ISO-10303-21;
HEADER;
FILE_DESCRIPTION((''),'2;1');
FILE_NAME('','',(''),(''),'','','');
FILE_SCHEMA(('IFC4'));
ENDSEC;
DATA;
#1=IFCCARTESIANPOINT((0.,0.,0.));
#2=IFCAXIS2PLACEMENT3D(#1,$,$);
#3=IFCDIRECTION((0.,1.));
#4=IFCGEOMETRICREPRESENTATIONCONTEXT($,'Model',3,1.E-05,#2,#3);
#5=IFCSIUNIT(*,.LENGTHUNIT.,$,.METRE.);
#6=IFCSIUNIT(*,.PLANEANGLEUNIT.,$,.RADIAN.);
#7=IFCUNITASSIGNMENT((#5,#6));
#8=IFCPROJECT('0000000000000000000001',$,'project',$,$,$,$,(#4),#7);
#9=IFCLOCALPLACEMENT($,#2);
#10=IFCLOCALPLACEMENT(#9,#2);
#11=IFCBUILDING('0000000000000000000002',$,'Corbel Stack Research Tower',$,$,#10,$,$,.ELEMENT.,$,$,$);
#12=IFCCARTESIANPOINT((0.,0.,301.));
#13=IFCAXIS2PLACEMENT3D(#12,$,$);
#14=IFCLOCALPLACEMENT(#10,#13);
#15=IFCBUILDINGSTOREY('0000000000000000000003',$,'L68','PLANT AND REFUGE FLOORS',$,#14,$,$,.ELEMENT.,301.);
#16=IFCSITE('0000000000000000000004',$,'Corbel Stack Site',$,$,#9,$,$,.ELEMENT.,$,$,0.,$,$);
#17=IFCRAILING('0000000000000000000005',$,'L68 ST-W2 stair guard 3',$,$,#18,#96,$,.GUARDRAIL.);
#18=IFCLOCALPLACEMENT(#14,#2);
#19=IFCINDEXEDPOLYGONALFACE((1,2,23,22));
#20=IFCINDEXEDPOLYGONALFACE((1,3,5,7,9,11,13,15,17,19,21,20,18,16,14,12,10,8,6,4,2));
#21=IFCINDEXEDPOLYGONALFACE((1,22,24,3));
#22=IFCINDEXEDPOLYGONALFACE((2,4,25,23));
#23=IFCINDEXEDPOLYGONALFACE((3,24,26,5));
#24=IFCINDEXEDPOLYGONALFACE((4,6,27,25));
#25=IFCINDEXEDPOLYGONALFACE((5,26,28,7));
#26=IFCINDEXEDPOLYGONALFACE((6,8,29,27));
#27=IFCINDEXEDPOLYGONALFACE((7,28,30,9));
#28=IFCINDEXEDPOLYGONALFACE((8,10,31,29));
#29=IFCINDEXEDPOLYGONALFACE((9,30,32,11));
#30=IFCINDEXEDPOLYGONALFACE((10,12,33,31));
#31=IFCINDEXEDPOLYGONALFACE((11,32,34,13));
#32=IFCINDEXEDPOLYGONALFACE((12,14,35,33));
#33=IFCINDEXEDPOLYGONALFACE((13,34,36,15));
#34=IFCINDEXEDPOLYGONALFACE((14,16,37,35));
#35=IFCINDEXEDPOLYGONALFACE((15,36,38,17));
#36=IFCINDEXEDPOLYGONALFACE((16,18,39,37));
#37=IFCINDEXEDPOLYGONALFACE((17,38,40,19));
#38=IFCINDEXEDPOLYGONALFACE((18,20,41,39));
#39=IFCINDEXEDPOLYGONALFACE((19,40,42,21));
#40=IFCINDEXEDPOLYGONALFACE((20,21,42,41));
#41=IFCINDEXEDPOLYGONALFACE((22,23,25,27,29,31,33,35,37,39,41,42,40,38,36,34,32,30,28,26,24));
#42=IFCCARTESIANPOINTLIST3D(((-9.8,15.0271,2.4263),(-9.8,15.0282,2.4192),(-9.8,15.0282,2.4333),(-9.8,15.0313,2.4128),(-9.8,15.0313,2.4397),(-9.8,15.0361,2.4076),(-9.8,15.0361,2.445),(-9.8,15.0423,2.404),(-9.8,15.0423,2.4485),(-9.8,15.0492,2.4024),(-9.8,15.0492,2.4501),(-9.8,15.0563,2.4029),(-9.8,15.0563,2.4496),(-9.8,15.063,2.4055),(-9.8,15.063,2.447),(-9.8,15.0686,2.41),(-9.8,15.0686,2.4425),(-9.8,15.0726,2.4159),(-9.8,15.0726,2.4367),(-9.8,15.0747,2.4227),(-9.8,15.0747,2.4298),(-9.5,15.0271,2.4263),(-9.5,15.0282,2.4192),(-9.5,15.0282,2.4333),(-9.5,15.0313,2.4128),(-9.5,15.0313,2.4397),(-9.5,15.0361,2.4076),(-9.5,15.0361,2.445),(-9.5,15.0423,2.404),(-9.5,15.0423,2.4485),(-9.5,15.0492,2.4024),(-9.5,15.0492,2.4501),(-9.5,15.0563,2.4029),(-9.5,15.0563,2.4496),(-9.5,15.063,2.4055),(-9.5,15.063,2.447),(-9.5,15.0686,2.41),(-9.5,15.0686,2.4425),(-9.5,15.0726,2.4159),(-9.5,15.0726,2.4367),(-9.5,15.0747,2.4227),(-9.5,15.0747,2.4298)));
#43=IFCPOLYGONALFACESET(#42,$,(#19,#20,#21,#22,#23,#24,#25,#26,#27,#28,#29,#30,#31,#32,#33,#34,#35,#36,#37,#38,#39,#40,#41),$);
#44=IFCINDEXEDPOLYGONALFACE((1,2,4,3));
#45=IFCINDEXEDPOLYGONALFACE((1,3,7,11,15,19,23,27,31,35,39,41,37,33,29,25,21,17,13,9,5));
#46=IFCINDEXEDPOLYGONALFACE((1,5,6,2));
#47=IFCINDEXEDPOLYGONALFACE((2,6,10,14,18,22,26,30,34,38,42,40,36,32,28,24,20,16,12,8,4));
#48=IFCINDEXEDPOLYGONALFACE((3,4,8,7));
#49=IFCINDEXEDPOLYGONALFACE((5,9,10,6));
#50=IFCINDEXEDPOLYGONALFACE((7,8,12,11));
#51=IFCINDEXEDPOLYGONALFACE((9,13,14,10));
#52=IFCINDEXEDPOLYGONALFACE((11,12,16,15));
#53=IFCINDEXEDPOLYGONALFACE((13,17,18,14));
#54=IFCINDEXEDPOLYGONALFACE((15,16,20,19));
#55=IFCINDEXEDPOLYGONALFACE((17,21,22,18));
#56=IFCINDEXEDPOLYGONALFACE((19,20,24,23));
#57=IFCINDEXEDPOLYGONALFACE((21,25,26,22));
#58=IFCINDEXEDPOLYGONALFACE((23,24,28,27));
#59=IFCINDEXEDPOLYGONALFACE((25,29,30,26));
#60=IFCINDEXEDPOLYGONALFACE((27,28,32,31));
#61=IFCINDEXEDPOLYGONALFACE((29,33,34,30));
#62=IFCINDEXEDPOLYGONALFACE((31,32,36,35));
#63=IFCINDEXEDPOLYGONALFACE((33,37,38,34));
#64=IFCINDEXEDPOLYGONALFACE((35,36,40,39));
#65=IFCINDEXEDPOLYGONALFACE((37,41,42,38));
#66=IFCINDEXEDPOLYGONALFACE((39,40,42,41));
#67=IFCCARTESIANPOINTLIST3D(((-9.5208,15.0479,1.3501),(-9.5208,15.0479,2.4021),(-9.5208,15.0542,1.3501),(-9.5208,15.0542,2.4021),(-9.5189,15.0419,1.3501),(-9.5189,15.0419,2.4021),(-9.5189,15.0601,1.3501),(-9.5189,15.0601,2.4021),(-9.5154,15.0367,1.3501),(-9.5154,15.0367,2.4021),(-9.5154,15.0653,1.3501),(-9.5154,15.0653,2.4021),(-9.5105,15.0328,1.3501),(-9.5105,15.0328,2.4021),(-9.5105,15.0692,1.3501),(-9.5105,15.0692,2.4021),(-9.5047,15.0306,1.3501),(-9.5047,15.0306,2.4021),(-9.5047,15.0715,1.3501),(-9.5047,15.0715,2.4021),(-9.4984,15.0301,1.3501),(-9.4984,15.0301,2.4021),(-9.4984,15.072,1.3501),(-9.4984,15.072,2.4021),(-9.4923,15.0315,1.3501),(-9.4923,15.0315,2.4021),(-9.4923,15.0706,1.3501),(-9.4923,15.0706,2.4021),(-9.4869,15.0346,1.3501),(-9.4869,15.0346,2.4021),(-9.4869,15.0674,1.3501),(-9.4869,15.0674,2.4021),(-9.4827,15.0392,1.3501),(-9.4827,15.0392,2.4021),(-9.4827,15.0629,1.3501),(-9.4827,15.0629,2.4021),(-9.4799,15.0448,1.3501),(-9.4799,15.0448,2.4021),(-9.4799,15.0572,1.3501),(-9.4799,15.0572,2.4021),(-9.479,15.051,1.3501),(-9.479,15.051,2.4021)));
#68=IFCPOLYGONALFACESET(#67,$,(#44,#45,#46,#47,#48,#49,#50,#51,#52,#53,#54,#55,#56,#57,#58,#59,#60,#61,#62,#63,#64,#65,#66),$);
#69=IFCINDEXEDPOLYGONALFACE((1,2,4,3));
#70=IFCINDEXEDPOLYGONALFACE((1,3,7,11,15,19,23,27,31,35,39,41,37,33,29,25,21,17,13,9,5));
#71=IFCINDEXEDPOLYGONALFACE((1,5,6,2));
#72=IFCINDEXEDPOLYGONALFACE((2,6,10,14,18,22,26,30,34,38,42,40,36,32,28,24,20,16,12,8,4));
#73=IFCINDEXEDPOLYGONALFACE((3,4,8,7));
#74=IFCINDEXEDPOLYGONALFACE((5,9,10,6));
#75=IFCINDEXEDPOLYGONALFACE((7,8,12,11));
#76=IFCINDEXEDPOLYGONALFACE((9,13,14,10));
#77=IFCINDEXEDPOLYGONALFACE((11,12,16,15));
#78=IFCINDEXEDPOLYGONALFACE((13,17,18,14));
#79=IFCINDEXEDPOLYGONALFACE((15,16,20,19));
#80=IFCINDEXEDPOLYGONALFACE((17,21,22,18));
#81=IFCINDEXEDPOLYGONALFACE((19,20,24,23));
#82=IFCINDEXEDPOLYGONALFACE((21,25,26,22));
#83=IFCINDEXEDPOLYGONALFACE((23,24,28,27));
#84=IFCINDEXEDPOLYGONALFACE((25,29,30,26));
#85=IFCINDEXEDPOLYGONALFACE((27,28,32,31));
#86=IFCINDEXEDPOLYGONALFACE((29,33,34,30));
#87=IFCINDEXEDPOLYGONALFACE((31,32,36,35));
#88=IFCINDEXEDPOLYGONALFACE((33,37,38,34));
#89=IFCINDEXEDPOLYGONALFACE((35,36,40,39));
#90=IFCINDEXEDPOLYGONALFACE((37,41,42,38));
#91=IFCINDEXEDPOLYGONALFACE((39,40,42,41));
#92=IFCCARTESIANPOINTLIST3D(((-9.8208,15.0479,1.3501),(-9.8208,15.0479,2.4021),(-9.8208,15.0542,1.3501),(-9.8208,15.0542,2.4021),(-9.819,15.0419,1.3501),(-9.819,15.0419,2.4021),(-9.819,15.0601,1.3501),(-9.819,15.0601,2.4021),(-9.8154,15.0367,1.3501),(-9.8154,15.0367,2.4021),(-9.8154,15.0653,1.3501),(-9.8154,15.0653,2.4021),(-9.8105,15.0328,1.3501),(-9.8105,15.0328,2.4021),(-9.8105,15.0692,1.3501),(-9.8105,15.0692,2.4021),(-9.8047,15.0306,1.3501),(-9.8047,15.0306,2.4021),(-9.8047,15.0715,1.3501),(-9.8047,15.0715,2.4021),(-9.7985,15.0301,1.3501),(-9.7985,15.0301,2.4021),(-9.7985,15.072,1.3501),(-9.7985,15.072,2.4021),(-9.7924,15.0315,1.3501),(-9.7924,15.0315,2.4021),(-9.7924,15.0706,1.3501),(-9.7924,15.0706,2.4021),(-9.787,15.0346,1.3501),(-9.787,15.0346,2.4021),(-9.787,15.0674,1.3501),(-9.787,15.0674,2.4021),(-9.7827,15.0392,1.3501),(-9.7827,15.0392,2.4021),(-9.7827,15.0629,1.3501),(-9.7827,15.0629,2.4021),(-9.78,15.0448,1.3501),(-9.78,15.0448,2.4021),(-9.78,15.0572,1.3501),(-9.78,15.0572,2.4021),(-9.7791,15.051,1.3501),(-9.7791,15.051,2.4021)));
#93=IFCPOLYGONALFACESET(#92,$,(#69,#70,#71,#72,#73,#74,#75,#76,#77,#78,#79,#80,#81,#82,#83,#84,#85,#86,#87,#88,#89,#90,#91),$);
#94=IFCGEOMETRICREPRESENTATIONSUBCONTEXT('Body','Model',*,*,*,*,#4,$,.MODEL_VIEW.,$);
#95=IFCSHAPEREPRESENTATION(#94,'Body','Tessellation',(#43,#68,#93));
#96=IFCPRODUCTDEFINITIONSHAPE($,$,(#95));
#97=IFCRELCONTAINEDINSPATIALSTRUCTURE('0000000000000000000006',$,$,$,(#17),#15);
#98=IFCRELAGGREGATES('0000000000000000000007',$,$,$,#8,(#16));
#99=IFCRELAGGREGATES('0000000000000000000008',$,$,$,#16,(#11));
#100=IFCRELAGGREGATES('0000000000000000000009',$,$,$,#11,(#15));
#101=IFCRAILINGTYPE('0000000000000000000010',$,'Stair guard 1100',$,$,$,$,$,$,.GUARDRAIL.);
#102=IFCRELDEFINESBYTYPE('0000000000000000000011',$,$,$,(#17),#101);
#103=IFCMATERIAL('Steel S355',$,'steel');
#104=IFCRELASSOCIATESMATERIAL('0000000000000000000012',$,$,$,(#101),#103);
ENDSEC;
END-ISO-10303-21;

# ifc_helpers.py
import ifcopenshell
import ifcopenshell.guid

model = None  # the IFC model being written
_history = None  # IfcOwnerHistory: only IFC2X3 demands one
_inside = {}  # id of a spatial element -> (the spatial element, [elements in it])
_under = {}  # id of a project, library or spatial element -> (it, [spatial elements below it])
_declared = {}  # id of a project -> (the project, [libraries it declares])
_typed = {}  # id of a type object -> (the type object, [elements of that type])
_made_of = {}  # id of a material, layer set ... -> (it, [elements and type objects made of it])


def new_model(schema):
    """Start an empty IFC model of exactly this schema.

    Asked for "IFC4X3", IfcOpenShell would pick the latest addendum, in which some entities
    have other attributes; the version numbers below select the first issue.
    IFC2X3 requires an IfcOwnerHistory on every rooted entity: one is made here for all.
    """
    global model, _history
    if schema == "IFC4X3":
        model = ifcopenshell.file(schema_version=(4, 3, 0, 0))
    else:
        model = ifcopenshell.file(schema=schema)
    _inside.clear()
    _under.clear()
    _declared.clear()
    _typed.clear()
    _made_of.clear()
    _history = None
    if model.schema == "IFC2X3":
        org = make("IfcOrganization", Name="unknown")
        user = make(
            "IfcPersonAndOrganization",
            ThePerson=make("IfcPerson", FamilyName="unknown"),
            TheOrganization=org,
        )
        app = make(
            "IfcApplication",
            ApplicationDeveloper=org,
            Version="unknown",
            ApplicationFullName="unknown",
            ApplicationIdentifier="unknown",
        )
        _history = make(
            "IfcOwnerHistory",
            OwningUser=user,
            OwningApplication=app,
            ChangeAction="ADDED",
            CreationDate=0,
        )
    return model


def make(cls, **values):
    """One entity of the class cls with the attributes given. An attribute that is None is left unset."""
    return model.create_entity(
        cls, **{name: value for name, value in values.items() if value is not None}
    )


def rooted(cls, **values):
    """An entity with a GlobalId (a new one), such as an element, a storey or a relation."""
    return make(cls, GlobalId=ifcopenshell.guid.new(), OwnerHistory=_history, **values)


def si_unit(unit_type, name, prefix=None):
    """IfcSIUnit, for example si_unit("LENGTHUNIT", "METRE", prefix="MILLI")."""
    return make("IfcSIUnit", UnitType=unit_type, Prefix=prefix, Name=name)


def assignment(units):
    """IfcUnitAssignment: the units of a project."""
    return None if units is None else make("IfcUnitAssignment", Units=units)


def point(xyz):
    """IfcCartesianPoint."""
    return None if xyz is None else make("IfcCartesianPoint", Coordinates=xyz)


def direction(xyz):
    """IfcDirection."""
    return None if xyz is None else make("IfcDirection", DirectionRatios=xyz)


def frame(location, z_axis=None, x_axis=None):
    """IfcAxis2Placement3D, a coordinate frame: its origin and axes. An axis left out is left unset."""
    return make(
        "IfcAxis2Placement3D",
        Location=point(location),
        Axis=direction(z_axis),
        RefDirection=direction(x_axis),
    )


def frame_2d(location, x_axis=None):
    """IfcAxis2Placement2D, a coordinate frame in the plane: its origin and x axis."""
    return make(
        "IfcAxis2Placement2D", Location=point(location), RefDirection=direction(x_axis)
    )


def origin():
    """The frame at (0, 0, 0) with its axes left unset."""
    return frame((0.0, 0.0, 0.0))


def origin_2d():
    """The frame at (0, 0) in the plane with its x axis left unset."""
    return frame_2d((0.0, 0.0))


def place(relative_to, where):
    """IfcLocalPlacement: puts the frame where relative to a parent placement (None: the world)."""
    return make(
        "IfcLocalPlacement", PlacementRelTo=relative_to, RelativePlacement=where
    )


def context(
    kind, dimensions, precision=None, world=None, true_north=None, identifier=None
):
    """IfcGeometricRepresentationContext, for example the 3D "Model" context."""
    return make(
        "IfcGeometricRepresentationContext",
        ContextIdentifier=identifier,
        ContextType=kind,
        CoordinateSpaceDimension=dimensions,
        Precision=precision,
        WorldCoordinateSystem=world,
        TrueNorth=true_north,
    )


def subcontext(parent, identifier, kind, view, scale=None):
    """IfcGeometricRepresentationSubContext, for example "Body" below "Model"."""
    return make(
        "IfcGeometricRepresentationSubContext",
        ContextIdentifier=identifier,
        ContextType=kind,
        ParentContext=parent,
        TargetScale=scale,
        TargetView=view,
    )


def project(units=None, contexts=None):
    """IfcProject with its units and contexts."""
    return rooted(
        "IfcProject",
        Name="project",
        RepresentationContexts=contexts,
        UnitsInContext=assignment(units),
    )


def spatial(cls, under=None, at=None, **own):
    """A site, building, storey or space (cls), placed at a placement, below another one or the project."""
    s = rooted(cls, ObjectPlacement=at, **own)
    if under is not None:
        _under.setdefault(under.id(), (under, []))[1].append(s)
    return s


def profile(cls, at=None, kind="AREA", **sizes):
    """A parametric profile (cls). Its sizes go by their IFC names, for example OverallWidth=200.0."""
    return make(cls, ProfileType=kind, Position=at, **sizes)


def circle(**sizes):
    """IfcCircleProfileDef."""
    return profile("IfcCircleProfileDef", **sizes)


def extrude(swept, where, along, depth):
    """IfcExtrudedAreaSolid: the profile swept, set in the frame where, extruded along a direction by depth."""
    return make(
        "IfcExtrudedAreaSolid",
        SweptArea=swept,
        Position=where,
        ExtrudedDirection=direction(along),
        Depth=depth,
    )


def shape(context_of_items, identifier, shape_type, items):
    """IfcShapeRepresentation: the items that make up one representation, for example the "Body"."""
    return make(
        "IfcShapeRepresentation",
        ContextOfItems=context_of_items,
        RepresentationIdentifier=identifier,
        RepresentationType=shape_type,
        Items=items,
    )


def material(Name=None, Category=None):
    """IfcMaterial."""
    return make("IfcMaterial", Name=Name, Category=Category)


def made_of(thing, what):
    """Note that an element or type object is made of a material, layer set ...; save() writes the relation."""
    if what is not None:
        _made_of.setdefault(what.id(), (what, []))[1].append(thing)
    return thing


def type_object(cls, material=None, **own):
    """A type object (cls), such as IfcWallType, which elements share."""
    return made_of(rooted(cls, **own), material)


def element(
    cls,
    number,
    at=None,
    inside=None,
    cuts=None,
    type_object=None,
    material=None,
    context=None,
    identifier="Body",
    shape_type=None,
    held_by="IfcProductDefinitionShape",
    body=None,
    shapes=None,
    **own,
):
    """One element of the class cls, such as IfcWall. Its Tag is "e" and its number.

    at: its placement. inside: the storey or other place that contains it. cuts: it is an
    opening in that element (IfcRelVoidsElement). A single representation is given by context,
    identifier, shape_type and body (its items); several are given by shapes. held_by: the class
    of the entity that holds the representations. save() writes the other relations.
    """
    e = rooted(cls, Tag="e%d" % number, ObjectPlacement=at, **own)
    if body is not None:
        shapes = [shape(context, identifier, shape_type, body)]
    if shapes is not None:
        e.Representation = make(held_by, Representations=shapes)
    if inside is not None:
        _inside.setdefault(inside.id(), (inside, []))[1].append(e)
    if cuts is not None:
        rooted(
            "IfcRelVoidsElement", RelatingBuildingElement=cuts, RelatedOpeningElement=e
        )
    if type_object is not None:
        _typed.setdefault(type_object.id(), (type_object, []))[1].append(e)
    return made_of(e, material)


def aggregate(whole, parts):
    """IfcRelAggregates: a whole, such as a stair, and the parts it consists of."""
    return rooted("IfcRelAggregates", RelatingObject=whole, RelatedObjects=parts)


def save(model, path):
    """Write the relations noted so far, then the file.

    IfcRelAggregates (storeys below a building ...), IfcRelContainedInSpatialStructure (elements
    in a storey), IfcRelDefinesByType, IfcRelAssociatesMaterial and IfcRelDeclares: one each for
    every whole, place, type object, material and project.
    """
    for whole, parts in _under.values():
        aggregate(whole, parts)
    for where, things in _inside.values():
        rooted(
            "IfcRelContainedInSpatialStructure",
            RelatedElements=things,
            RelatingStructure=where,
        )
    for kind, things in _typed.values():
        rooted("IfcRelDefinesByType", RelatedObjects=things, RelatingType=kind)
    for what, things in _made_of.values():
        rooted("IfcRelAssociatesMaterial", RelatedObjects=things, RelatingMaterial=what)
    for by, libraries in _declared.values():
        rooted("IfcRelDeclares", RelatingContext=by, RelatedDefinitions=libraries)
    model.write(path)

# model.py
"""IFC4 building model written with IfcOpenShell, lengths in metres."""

from ifc_helpers import new_model, si_unit, direction, frame, origin, origin_2d, place, context, subcontext, project, spatial, circle, extrude, material, type_object, element, save


model = new_model("IFC4")

# Units and contexts
model_context = context("Model", 3, precision=1e-05, world=origin(), true_north=direction((0.0, 1.0)))
body_context = subcontext(model_context, "Body", "Model", "MODEL_VIEW")
ifc_project = project(units=[si_unit("LENGTHUNIT", "METRE"), si_unit("PLANEANGLEUNIT", "RADIAN")], contexts=[model_context])

# Site, building, storey
site_placement = place(None, origin())
site = spatial("IfcSite", under=ifc_project, at=site_placement, Name="Corbel Stack Site", CompositionType="ELEMENT", RefElevation=0.0)
building_placement = place(site_placement, origin())
building = spatial("IfcBuilding", under=site, at=building_placement, Name="Corbel Stack Research Tower", CompositionType="ELEMENT")
storey_placement = place(building_placement, frame((0.0, 0.0, 301.0)))
storey = spatial("IfcBuildingStorey", under=building, at=storey_placement, Name="L68", Description="PLANT AND REFUGE FLOORS", CompositionType="ELEMENT", Elevation=301.0)

# Railing
ifc_material_1 = material(Name="Steel S355", Category="steel")
railing_type = type_object("IfcRailingType", Name="Stair guard 1100", PredefinedType="GUARDRAIL", material=ifc_material_1)
railing_1_placement = place(storey_placement, frame((-9.5, 15.051, 1.3501)))
element("IfcRailing", 1, at=railing_1_placement, inside=storey, type_object=railing_type, Name="L68 ST-W2 stair guard 3", PredefinedType="GUARDRAIL", context=body_context, shape_type="SweptSolid", body=[
    extrude(circle(Radius=0.0239, at=origin_2d()), frame((0.0, 0.0, 1.0762), z_axis=(-1.0, 0.0, 0.0), x_axis=(0.0, -1.0, 0.0)), (0.0, 0.0, 1.0), 0.3),
    extrude(circle(Radius=0.021, at=origin_2d()), origin(), (0.0, 0.0, 1.0), 1.052),
    extrude(circle(Radius=0.021, at=origin_2d()), frame((-0.3, 0.0, 0.0)), (0.0, 0.0, 1.0), 1.052),
])

save(model, "model.ifc")
